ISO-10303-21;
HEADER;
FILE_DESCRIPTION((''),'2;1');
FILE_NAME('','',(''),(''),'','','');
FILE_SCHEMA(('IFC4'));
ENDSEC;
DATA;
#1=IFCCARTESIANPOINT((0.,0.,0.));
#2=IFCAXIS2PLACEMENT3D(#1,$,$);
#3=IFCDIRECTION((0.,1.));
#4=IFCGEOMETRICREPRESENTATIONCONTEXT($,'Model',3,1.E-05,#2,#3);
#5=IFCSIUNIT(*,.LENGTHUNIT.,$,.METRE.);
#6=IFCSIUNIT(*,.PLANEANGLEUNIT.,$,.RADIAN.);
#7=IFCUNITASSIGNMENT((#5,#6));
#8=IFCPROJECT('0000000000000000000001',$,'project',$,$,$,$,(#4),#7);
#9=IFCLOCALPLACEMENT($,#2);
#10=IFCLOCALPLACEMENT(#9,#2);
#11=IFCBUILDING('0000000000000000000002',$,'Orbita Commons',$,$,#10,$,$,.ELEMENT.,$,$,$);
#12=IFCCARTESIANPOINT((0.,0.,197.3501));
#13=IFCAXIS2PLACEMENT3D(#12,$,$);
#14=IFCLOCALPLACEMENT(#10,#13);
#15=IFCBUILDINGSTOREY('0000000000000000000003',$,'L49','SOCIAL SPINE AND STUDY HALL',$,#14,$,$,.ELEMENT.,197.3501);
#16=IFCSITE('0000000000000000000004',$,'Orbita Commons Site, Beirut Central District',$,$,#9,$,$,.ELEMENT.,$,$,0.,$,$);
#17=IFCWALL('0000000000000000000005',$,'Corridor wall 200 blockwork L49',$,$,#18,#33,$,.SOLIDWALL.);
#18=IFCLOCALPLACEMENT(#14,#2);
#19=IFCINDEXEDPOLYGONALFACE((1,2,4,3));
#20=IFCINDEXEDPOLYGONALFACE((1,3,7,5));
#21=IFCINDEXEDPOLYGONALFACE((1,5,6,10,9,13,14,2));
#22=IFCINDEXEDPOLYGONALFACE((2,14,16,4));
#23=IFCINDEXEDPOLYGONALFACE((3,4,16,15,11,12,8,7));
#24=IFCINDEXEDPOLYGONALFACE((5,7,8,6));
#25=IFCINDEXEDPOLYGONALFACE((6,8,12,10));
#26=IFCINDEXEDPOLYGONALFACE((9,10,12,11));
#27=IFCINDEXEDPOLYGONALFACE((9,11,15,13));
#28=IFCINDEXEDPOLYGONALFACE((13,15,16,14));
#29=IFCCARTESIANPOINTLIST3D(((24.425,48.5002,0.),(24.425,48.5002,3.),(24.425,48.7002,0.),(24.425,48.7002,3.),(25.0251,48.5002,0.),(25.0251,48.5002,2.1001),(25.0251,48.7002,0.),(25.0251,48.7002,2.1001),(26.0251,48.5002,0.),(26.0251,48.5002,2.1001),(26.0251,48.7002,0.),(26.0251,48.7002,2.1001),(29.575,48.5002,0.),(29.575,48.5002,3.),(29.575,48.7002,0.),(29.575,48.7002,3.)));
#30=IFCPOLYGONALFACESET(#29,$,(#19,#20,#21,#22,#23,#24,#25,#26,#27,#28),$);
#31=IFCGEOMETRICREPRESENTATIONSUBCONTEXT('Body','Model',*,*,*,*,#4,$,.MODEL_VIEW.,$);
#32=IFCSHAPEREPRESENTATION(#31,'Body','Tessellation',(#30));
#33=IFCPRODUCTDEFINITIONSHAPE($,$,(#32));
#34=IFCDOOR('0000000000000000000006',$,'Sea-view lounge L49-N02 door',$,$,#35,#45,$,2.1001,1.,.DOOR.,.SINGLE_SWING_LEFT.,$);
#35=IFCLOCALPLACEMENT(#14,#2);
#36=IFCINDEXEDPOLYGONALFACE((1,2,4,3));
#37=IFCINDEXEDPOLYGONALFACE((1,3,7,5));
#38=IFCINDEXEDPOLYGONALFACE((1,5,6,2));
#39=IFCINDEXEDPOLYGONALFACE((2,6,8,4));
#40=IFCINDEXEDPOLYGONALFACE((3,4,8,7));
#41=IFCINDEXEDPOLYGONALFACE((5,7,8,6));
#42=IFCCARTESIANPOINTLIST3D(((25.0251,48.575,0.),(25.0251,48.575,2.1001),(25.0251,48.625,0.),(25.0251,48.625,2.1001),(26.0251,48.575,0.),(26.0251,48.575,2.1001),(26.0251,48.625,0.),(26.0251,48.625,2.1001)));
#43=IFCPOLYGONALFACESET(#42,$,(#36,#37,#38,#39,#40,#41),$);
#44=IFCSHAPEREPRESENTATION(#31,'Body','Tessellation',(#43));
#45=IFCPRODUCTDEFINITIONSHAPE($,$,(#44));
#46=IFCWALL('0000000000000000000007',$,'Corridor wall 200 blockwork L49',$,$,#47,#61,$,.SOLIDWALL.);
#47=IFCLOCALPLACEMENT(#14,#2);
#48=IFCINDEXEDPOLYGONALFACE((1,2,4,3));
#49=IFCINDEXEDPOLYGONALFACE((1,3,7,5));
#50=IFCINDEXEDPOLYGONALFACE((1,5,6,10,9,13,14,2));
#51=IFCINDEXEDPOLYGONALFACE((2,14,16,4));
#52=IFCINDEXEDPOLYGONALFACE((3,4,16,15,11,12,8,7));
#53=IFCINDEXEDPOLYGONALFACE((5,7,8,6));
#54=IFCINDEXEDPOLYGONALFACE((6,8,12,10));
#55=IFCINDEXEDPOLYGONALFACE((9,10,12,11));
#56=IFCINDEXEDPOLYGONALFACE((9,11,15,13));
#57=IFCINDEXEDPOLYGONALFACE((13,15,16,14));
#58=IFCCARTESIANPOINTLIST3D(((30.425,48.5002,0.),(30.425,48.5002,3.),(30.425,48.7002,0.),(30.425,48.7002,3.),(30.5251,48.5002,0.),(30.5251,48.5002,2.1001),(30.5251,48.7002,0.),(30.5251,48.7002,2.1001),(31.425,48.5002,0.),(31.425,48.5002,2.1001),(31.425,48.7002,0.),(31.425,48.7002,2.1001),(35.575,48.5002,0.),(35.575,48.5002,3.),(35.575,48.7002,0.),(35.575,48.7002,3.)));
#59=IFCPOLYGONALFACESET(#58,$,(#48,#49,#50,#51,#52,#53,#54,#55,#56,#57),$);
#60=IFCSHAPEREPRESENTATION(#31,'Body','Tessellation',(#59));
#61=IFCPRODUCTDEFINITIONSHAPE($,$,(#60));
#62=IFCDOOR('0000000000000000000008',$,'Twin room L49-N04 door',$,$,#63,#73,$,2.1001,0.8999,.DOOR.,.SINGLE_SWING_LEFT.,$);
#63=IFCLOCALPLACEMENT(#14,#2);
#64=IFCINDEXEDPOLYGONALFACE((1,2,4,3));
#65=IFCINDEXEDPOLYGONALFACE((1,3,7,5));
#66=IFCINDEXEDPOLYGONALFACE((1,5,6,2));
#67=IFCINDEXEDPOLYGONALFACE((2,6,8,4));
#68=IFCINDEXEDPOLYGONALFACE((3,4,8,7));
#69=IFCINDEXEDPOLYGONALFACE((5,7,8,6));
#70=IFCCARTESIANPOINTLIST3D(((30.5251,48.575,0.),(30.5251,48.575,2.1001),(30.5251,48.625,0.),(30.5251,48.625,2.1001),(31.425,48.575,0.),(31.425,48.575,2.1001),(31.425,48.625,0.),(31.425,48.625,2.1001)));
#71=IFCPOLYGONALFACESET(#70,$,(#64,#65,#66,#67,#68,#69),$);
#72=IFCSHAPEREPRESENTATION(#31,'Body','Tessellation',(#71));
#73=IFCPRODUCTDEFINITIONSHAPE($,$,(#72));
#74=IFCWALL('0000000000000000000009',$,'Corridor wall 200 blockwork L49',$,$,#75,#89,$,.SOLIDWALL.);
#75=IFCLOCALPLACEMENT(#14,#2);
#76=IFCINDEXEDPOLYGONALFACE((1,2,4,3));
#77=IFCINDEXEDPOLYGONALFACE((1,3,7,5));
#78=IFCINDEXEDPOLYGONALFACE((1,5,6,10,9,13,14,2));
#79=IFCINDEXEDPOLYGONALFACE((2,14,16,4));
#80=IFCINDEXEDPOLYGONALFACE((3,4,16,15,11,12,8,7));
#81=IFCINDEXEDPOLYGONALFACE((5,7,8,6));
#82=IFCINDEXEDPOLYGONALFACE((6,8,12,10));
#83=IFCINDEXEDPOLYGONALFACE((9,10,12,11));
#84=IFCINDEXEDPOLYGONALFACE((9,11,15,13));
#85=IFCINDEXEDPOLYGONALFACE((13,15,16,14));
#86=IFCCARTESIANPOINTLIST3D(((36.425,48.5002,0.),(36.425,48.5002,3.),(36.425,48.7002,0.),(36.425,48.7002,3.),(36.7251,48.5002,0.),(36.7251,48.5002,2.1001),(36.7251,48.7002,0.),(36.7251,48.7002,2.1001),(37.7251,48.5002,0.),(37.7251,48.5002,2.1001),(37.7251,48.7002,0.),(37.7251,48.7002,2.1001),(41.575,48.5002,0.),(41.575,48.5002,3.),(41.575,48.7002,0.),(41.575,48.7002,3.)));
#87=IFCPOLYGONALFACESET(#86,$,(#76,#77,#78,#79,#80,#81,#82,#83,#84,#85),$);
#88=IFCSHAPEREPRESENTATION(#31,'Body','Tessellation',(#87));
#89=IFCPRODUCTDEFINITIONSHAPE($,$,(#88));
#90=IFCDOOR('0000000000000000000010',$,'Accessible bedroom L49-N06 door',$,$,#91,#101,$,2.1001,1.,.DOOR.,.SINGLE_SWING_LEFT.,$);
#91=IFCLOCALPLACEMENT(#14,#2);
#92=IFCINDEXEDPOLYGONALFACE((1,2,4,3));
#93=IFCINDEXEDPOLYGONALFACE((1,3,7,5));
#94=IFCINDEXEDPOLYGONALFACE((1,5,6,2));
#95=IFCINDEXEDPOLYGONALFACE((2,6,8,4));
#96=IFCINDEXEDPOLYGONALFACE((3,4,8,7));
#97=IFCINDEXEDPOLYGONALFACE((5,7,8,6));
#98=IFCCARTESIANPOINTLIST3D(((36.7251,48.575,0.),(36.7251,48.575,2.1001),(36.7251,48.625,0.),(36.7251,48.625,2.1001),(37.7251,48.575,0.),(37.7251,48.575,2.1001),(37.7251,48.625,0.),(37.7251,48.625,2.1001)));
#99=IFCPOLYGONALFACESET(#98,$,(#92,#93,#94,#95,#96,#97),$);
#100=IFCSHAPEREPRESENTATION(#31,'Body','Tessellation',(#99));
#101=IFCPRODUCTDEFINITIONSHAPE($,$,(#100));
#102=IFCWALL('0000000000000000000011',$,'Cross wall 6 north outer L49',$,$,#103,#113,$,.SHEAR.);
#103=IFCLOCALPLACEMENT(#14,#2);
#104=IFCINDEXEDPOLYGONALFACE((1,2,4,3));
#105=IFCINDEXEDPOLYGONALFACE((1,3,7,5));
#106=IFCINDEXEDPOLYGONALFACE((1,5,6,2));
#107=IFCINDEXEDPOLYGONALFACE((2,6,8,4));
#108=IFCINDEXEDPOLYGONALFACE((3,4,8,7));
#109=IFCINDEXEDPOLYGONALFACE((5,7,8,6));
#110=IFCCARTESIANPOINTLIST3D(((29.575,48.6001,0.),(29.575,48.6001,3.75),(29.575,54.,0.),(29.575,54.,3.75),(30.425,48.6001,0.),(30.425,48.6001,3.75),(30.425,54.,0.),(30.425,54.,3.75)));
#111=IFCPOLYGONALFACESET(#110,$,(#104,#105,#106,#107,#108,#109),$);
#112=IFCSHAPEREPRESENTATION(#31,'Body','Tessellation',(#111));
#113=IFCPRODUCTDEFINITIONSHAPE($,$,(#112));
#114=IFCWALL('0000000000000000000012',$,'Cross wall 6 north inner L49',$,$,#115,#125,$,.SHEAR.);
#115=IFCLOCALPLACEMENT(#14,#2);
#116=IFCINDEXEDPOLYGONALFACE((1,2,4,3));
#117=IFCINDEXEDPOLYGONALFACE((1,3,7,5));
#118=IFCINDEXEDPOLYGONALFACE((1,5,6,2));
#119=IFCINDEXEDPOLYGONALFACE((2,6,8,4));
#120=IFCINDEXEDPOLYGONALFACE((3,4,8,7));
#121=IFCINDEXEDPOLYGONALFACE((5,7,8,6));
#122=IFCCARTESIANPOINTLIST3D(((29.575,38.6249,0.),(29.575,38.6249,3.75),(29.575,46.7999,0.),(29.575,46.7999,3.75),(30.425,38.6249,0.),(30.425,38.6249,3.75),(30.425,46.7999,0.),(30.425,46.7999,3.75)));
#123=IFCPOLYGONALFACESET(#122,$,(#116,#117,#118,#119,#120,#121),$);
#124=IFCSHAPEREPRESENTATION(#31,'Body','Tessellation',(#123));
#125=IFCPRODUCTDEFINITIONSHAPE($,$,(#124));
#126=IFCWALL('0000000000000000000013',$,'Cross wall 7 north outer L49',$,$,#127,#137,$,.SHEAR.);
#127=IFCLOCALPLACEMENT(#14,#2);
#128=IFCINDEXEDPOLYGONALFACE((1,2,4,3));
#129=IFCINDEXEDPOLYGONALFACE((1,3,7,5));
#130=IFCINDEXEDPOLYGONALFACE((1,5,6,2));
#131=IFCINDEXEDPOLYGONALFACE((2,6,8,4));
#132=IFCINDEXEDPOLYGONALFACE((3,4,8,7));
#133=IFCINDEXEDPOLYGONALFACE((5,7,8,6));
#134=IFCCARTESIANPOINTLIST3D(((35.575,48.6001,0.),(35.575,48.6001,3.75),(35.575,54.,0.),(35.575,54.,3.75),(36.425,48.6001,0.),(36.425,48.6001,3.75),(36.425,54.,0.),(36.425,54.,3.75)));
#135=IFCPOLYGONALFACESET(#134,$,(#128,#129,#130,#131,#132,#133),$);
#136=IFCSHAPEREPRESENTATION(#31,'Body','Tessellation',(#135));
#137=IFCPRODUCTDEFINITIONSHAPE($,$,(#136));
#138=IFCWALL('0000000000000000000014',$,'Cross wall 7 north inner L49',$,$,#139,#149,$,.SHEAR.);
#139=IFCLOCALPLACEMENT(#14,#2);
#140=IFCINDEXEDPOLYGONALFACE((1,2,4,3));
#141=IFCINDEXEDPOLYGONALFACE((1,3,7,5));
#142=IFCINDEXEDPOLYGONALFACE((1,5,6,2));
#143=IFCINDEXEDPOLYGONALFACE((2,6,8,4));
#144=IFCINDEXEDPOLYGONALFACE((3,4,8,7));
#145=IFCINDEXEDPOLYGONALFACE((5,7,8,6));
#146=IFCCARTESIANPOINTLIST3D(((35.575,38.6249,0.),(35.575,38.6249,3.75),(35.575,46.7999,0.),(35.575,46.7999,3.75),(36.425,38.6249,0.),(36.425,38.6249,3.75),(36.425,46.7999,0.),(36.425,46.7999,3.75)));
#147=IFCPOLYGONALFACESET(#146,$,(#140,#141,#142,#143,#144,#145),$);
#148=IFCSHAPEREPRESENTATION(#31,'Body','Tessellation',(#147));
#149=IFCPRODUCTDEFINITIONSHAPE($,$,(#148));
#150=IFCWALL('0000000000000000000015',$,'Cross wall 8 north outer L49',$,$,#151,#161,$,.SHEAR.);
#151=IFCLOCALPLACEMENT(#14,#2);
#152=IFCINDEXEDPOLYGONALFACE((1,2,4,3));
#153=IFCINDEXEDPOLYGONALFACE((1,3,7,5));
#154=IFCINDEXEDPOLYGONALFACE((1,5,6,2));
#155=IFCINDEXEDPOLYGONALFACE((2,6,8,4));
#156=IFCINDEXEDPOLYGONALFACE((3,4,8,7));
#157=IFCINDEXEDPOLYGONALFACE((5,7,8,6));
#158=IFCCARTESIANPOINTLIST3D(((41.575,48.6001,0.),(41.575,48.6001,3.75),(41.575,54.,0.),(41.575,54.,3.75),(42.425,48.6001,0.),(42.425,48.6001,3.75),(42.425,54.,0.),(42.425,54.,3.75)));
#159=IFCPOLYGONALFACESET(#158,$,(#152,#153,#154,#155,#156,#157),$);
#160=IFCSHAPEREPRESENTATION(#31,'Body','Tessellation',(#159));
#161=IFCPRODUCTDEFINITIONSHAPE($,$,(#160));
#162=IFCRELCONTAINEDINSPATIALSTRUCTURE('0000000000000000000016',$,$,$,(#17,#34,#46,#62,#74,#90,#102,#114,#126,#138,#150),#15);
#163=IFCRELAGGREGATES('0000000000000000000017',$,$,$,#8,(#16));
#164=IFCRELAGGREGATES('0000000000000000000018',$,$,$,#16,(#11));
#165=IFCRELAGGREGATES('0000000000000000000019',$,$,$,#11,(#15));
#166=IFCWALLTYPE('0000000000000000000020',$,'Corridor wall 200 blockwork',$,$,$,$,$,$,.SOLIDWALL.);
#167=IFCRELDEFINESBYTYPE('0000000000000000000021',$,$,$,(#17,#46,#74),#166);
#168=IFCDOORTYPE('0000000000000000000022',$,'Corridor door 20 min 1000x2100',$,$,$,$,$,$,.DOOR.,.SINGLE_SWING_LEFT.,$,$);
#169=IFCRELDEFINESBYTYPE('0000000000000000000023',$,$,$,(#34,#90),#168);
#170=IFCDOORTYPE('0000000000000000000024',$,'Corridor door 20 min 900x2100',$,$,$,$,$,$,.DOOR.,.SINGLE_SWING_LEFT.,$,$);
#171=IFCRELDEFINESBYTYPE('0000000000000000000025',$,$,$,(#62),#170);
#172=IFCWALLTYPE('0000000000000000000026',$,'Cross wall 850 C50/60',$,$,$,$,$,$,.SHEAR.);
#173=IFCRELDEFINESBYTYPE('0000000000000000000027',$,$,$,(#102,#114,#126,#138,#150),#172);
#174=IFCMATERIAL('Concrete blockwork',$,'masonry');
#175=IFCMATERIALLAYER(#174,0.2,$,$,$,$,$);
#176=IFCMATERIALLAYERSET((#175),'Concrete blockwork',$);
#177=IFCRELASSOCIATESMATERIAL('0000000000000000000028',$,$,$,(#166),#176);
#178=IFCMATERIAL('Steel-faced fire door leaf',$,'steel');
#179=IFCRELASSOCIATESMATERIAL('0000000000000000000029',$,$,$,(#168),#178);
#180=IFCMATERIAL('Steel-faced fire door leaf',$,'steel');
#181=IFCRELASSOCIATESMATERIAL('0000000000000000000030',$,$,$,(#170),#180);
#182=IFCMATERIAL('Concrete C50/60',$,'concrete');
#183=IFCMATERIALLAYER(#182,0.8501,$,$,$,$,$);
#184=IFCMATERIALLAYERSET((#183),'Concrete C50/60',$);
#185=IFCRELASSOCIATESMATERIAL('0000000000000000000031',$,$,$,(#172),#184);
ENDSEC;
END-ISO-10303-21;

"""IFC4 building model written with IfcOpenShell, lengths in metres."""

from ifc_helpers import new_model, si_unit, direction, frame, frame_2d, origin, place, context, subcontext, project, spatial, polyline, rectangle, outline, extrude, material, layer, layer_set, type_object, element, fill, save


model = new_model("IFC4")

# Units and contexts
model_context = context("Model", 3, precision=1e-05, world=origin(), true_north=direction((0.0, 1.0)))
body_context = subcontext(model_context, "Body", "Model", "MODEL_VIEW")
ifc_project = project(units=[si_unit("LENGTHUNIT", "METRE"), si_unit("PLANEANGLEUNIT", "RADIAN")], contexts=[model_context])

# Site, building, storey
site_placement = place(None, origin())
site = spatial("IfcSite", under=ifc_project, at=site_placement, Name="Orbita Commons Site, Beirut Central District", CompositionType="ELEMENT", RefElevation=0.0)
building_placement = place(site_placement, origin())
building = spatial("IfcBuilding", under=site, at=building_placement, Name="Orbita Commons", CompositionType="ELEMENT")
storey_placement = place(building_placement, frame((0.0, 0.0, 197.3501)))
storey = spatial("IfcBuildingStorey", under=building, at=storey_placement, Name="L49", Description="SOCIAL SPINE AND STUDY HALL", CompositionType="ELEMENT", Elevation=197.3501)

# Walls, openings, doors
ifc_material_1 = material(Name="Concrete blockwork", Category="masonry")
ifc_layer_1 = layer(ifc_material_1, 0.2)
ifc_layer_set_1 = layer_set([ifc_layer_1], Name="Concrete blockwork")
wall_type_1 = type_object("IfcWallType", Name="Corridor wall 200 blockwork", PredefinedType="SOLIDWALL", material=ifc_layer_set_1)
wall_1_placement = place(storey_placement, frame((24.425, 48.6001, 0.0), z_axis=(0.0, 0.0, 1.0), x_axis=(1.0, 0.0, 0.0)))
wall_1 = element("IfcWall", 1, at=wall_1_placement, inside=storey, type_object=wall_type_1, Name="Corridor wall 200 blockwork L49", PredefinedType="SOLIDWALL", context=body_context, shape_type="SweptSolid", body=[
    extrude(outline(polyline([(0.0, 0.0), (5.1499, 0.0), (5.1499, 3.0), (0.0, 3.0), (0.0, 0.0)])), frame((0.0, 0.1001, 0.0), z_axis=(0.0, -1.0, 0.0), x_axis=(1.0, 0.0, 0.0)), (0.0, 0.0, 1.0), 0.2),
])
opening_1_placement = place(wall_1_placement, frame((0.6001, 0.0, 0.0)))
opening_1 = element("IfcOpeningElement", 2, at=opening_1_placement, cuts=wall_1, PredefinedType="OPENING", context=body_context, shape_type="SweptSolid", body=[
    extrude(rectangle(XDim=1.0, YDim=2.1001, at=frame_2d((0.5, 1.05))), frame((0.0, 0.1099, 0.0), z_axis=(0.0, -1.0, 0.0), x_axis=(1.0, 0.0, 0.0)), (0.0, 0.0, 1.0), 0.22),
])
ifc_material_2 = material(Name="Steel-faced fire door leaf", Category="steel")
door_type_1 = type_object("IfcDoorType", Name="Corridor door 20 min 1000x2100", OperationType="SINGLE_SWING_LEFT", PredefinedType="DOOR", material=ifc_material_2)
door_1_placement = place(opening_1_placement, origin())
door_1 = element("IfcDoor", 3, at=door_1_placement, inside=storey, type_object=door_type_1, Name="Sea-view lounge L49-N02 door", OperationType="SINGLE_SWING_LEFT", OverallHeight=2.1001, OverallWidth=1.0, PredefinedType="DOOR", context=body_context, shape_type="SweptSolid", body=[
    extrude(rectangle(XDim=1.0, YDim=2.1001, at=frame_2d((0.5, 1.05))), frame((0.0, 0.0249, 0.0), z_axis=(0.0, -1.0, 0.0), x_axis=(1.0, 0.0, 0.0)), (0.0, 0.0, 1.0), 0.05),
])
fill(opening_1, door_1)
wall_2_placement = place(storey_placement, frame((30.425, 48.6001, 0.0), z_axis=(0.0, 0.0, 1.0), x_axis=(1.0, 0.0, 0.0)))
wall_2 = element("IfcWall", 4, at=wall_2_placement, inside=storey, type_object=wall_type_1, Name="Corridor wall 200 blockwork L49", PredefinedType="SOLIDWALL", context=body_context, shape_type="SweptSolid", body=[
    extrude(outline(polyline([(0.0, 0.0), (5.1499, 0.0), (5.1499, 3.0), (0.0, 3.0), (0.0, 0.0)])), frame((0.0, 0.1001, 0.0), z_axis=(0.0, -1.0, 0.0), x_axis=(1.0, 0.0, 0.0)), (0.0, 0.0, 1.0), 0.2),
])
opening_2_placement = place(wall_2_placement, frame((0.1001, 0.0, 0.0)))
opening_2 = element("IfcOpeningElement", 5, at=opening_2_placement, cuts=wall_2, PredefinedType="OPENING", context=body_context, shape_type="SweptSolid", body=[
    extrude(rectangle(XDim=0.8999, YDim=2.1001, at=frame_2d((0.45, 1.05))), frame((0.0, 0.1099, 0.0), z_axis=(0.0, -1.0, 0.0), x_axis=(1.0, 0.0, 0.0)), (0.0, 0.0, 1.0), 0.22),
])
ifc_material_3 = material(Name="Steel-faced fire door leaf", Category="steel")
door_type_2 = type_object("IfcDoorType", Name="Corridor door 20 min 900x2100", OperationType="SINGLE_SWING_LEFT", PredefinedType="DOOR", material=ifc_material_3)
door_2_placement = place(opening_2_placement, origin())
door_2 = element("IfcDoor", 6, at=door_2_placement, inside=storey, type_object=door_type_2, Name="Twin room L49-N04 door", OperationType="SINGLE_SWING_LEFT", OverallHeight=2.1001, OverallWidth=0.8999, PredefinedType="DOOR", context=body_context, shape_type="SweptSolid", body=[
    extrude(rectangle(XDim=0.8999, YDim=2.1001, at=frame_2d((0.45, 1.05))), frame((0.0, 0.0249, 0.0), z_axis=(0.0, -1.0, 0.0), x_axis=(1.0, 0.0, 0.0)), (0.0, 0.0, 1.0), 0.05),
])
fill(opening_2, door_2)
wall_3_placement = place(storey_placement, frame((36.425, 48.6001, 0.0), z_axis=(0.0, 0.0, 1.0), x_axis=(1.0, 0.0, 0.0)))
wall_3 = element("IfcWall", 7, at=wall_3_placement, inside=storey, type_object=wall_type_1, Name="Corridor wall 200 blockwork L49", PredefinedType="SOLIDWALL", context=body_context, shape_type="SweptSolid", body=[
    extrude(outline(polyline([(0.0, 0.0), (5.1499, 0.0), (5.1499, 3.0), (0.0, 3.0), (0.0, 0.0)])), frame((0.0, 0.1001, 0.0), z_axis=(0.0, -1.0, 0.0), x_axis=(1.0, 0.0, 0.0)), (0.0, 0.0, 1.0), 0.2),
])
opening_3_placement = place(wall_3_placement, frame((0.3, 0.0, 0.0)))
opening_3 = element("IfcOpeningElement", 8, at=opening_3_placement, cuts=wall_3, PredefinedType="OPENING", context=body_context, shape_type="SweptSolid", body=[
    extrude(rectangle(XDim=1.0, YDim=2.1001, at=frame_2d((0.5, 1.05))), frame((0.0, 0.1099, 0.0), z_axis=(0.0, -1.0, 0.0), x_axis=(1.0, 0.0, 0.0)), (0.0, 0.0, 1.0), 0.22),
])
door_3_placement = place(opening_3_placement, origin())
door_3 = element("IfcDoor", 9, at=door_3_placement, inside=storey, type_object=door_type_1, Name="Accessible bedroom L49-N06 door", OperationType="SINGLE_SWING_LEFT", OverallHeight=2.1001, OverallWidth=1.0, PredefinedType="DOOR", context=body_context, shape_type="SweptSolid", body=[
    extrude(rectangle(XDim=1.0, YDim=2.1001, at=frame_2d((0.5, 1.05))), frame((0.0, 0.0249, 0.0), z_axis=(0.0, -1.0, 0.0), x_axis=(1.0, 0.0, 0.0)), (0.0, 0.0, 1.0), 0.05),
])
fill(opening_3, door_3)

# Walls
ifc_material_4 = material(Name="Concrete C50/60", Category="concrete")
ifc_layer_2 = layer(ifc_material_4, 0.8501)
ifc_layer_set_2 = layer_set([ifc_layer_2], Name="Concrete C50/60")
wall_type_2 = type_object("IfcWallType", Name="Cross wall 850 C50/60", PredefinedType="SHEAR", material=ifc_layer_set_2)
wall_4_placement = place(storey_placement, frame((30.0, 48.6001, 0.0), z_axis=(0.0, 0.0, 1.0), x_axis=(0.0, 1.0, 0.0)))
element("IfcWall", 10, at=wall_4_placement, inside=storey, type_object=wall_type_2, Name="Cross wall 6 north outer L49", PredefinedType="SHEAR", context=body_context, shape_type="SweptSolid", body=[
    extrude(rectangle(XDim=5.3999, YDim=0.8501, at=frame_2d((2.7, 0.0))), origin(), (0.0, 0.0, 1.0), 3.75),
])
wall_5_placement = place(storey_placement, frame((30.0, 38.625, 0.0), z_axis=(0.0, 0.0, 1.0), x_axis=(0.0, 1.0, 0.0)))
element("IfcWall", 11, at=wall_5_placement, inside=storey, type_object=wall_type_2, Name="Cross wall 6 north inner L49", PredefinedType="SHEAR", context=body_context, shape_type="SweptSolid", body=[
    extrude(rectangle(XDim=8.175, YDim=0.8501, at=frame_2d((4.0874, 0.0))), origin(), (0.0, 0.0, 1.0), 3.75),
])
wall_6_placement = place(storey_placement, frame((36.0, 48.6001, 0.0), z_axis=(0.0, 0.0, 1.0), x_axis=(0.0, 1.0, 0.0)))
element("IfcWall", 12, at=wall_6_placement, inside=storey, type_object=wall_type_2, Name="Cross wall 7 north outer L49", PredefinedType="SHEAR", context=body_context, shape_type="SweptSolid", body=[
    extrude(rectangle(XDim=5.3999, YDim=0.8501, at=frame_2d((2.7, 0.0))), origin(), (0.0, 0.0, 1.0), 3.75),
])
wall_7_placement = place(storey_placement, frame((36.0, 38.625, 0.0), z_axis=(0.0, 0.0, 1.0), x_axis=(0.0, 1.0, 0.0)))
element("IfcWall", 13, at=wall_7_placement, inside=storey, type_object=wall_type_2, Name="Cross wall 7 north inner L49", PredefinedType="SHEAR", context=body_context, shape_type="SweptSolid", body=[
    extrude(rectangle(XDim=8.175, YDim=0.8501, at=frame_2d((4.0874, 0.0))), origin(), (0.0, 0.0, 1.0), 3.75),
])
wall_8_placement = place(storey_placement, frame((42.0, 48.6001, 0.0), z_axis=(0.0, 0.0, 1.0), x_axis=(0.0, 1.0, 0.0)))
element("IfcWall", 14, at=wall_8_placement, inside=storey, type_object=wall_type_2, Name="Cross wall 8 north outer L49", PredefinedType="SHEAR", context=body_context, shape_type="SweptSolid", body=[
    extrude(rectangle(XDim=5.3999, YDim=0.8501, at=frame_2d((2.7, 0.0))), origin(), (0.0, 0.0, 1.0), 3.75),
])

save(model, "model.ifc")
